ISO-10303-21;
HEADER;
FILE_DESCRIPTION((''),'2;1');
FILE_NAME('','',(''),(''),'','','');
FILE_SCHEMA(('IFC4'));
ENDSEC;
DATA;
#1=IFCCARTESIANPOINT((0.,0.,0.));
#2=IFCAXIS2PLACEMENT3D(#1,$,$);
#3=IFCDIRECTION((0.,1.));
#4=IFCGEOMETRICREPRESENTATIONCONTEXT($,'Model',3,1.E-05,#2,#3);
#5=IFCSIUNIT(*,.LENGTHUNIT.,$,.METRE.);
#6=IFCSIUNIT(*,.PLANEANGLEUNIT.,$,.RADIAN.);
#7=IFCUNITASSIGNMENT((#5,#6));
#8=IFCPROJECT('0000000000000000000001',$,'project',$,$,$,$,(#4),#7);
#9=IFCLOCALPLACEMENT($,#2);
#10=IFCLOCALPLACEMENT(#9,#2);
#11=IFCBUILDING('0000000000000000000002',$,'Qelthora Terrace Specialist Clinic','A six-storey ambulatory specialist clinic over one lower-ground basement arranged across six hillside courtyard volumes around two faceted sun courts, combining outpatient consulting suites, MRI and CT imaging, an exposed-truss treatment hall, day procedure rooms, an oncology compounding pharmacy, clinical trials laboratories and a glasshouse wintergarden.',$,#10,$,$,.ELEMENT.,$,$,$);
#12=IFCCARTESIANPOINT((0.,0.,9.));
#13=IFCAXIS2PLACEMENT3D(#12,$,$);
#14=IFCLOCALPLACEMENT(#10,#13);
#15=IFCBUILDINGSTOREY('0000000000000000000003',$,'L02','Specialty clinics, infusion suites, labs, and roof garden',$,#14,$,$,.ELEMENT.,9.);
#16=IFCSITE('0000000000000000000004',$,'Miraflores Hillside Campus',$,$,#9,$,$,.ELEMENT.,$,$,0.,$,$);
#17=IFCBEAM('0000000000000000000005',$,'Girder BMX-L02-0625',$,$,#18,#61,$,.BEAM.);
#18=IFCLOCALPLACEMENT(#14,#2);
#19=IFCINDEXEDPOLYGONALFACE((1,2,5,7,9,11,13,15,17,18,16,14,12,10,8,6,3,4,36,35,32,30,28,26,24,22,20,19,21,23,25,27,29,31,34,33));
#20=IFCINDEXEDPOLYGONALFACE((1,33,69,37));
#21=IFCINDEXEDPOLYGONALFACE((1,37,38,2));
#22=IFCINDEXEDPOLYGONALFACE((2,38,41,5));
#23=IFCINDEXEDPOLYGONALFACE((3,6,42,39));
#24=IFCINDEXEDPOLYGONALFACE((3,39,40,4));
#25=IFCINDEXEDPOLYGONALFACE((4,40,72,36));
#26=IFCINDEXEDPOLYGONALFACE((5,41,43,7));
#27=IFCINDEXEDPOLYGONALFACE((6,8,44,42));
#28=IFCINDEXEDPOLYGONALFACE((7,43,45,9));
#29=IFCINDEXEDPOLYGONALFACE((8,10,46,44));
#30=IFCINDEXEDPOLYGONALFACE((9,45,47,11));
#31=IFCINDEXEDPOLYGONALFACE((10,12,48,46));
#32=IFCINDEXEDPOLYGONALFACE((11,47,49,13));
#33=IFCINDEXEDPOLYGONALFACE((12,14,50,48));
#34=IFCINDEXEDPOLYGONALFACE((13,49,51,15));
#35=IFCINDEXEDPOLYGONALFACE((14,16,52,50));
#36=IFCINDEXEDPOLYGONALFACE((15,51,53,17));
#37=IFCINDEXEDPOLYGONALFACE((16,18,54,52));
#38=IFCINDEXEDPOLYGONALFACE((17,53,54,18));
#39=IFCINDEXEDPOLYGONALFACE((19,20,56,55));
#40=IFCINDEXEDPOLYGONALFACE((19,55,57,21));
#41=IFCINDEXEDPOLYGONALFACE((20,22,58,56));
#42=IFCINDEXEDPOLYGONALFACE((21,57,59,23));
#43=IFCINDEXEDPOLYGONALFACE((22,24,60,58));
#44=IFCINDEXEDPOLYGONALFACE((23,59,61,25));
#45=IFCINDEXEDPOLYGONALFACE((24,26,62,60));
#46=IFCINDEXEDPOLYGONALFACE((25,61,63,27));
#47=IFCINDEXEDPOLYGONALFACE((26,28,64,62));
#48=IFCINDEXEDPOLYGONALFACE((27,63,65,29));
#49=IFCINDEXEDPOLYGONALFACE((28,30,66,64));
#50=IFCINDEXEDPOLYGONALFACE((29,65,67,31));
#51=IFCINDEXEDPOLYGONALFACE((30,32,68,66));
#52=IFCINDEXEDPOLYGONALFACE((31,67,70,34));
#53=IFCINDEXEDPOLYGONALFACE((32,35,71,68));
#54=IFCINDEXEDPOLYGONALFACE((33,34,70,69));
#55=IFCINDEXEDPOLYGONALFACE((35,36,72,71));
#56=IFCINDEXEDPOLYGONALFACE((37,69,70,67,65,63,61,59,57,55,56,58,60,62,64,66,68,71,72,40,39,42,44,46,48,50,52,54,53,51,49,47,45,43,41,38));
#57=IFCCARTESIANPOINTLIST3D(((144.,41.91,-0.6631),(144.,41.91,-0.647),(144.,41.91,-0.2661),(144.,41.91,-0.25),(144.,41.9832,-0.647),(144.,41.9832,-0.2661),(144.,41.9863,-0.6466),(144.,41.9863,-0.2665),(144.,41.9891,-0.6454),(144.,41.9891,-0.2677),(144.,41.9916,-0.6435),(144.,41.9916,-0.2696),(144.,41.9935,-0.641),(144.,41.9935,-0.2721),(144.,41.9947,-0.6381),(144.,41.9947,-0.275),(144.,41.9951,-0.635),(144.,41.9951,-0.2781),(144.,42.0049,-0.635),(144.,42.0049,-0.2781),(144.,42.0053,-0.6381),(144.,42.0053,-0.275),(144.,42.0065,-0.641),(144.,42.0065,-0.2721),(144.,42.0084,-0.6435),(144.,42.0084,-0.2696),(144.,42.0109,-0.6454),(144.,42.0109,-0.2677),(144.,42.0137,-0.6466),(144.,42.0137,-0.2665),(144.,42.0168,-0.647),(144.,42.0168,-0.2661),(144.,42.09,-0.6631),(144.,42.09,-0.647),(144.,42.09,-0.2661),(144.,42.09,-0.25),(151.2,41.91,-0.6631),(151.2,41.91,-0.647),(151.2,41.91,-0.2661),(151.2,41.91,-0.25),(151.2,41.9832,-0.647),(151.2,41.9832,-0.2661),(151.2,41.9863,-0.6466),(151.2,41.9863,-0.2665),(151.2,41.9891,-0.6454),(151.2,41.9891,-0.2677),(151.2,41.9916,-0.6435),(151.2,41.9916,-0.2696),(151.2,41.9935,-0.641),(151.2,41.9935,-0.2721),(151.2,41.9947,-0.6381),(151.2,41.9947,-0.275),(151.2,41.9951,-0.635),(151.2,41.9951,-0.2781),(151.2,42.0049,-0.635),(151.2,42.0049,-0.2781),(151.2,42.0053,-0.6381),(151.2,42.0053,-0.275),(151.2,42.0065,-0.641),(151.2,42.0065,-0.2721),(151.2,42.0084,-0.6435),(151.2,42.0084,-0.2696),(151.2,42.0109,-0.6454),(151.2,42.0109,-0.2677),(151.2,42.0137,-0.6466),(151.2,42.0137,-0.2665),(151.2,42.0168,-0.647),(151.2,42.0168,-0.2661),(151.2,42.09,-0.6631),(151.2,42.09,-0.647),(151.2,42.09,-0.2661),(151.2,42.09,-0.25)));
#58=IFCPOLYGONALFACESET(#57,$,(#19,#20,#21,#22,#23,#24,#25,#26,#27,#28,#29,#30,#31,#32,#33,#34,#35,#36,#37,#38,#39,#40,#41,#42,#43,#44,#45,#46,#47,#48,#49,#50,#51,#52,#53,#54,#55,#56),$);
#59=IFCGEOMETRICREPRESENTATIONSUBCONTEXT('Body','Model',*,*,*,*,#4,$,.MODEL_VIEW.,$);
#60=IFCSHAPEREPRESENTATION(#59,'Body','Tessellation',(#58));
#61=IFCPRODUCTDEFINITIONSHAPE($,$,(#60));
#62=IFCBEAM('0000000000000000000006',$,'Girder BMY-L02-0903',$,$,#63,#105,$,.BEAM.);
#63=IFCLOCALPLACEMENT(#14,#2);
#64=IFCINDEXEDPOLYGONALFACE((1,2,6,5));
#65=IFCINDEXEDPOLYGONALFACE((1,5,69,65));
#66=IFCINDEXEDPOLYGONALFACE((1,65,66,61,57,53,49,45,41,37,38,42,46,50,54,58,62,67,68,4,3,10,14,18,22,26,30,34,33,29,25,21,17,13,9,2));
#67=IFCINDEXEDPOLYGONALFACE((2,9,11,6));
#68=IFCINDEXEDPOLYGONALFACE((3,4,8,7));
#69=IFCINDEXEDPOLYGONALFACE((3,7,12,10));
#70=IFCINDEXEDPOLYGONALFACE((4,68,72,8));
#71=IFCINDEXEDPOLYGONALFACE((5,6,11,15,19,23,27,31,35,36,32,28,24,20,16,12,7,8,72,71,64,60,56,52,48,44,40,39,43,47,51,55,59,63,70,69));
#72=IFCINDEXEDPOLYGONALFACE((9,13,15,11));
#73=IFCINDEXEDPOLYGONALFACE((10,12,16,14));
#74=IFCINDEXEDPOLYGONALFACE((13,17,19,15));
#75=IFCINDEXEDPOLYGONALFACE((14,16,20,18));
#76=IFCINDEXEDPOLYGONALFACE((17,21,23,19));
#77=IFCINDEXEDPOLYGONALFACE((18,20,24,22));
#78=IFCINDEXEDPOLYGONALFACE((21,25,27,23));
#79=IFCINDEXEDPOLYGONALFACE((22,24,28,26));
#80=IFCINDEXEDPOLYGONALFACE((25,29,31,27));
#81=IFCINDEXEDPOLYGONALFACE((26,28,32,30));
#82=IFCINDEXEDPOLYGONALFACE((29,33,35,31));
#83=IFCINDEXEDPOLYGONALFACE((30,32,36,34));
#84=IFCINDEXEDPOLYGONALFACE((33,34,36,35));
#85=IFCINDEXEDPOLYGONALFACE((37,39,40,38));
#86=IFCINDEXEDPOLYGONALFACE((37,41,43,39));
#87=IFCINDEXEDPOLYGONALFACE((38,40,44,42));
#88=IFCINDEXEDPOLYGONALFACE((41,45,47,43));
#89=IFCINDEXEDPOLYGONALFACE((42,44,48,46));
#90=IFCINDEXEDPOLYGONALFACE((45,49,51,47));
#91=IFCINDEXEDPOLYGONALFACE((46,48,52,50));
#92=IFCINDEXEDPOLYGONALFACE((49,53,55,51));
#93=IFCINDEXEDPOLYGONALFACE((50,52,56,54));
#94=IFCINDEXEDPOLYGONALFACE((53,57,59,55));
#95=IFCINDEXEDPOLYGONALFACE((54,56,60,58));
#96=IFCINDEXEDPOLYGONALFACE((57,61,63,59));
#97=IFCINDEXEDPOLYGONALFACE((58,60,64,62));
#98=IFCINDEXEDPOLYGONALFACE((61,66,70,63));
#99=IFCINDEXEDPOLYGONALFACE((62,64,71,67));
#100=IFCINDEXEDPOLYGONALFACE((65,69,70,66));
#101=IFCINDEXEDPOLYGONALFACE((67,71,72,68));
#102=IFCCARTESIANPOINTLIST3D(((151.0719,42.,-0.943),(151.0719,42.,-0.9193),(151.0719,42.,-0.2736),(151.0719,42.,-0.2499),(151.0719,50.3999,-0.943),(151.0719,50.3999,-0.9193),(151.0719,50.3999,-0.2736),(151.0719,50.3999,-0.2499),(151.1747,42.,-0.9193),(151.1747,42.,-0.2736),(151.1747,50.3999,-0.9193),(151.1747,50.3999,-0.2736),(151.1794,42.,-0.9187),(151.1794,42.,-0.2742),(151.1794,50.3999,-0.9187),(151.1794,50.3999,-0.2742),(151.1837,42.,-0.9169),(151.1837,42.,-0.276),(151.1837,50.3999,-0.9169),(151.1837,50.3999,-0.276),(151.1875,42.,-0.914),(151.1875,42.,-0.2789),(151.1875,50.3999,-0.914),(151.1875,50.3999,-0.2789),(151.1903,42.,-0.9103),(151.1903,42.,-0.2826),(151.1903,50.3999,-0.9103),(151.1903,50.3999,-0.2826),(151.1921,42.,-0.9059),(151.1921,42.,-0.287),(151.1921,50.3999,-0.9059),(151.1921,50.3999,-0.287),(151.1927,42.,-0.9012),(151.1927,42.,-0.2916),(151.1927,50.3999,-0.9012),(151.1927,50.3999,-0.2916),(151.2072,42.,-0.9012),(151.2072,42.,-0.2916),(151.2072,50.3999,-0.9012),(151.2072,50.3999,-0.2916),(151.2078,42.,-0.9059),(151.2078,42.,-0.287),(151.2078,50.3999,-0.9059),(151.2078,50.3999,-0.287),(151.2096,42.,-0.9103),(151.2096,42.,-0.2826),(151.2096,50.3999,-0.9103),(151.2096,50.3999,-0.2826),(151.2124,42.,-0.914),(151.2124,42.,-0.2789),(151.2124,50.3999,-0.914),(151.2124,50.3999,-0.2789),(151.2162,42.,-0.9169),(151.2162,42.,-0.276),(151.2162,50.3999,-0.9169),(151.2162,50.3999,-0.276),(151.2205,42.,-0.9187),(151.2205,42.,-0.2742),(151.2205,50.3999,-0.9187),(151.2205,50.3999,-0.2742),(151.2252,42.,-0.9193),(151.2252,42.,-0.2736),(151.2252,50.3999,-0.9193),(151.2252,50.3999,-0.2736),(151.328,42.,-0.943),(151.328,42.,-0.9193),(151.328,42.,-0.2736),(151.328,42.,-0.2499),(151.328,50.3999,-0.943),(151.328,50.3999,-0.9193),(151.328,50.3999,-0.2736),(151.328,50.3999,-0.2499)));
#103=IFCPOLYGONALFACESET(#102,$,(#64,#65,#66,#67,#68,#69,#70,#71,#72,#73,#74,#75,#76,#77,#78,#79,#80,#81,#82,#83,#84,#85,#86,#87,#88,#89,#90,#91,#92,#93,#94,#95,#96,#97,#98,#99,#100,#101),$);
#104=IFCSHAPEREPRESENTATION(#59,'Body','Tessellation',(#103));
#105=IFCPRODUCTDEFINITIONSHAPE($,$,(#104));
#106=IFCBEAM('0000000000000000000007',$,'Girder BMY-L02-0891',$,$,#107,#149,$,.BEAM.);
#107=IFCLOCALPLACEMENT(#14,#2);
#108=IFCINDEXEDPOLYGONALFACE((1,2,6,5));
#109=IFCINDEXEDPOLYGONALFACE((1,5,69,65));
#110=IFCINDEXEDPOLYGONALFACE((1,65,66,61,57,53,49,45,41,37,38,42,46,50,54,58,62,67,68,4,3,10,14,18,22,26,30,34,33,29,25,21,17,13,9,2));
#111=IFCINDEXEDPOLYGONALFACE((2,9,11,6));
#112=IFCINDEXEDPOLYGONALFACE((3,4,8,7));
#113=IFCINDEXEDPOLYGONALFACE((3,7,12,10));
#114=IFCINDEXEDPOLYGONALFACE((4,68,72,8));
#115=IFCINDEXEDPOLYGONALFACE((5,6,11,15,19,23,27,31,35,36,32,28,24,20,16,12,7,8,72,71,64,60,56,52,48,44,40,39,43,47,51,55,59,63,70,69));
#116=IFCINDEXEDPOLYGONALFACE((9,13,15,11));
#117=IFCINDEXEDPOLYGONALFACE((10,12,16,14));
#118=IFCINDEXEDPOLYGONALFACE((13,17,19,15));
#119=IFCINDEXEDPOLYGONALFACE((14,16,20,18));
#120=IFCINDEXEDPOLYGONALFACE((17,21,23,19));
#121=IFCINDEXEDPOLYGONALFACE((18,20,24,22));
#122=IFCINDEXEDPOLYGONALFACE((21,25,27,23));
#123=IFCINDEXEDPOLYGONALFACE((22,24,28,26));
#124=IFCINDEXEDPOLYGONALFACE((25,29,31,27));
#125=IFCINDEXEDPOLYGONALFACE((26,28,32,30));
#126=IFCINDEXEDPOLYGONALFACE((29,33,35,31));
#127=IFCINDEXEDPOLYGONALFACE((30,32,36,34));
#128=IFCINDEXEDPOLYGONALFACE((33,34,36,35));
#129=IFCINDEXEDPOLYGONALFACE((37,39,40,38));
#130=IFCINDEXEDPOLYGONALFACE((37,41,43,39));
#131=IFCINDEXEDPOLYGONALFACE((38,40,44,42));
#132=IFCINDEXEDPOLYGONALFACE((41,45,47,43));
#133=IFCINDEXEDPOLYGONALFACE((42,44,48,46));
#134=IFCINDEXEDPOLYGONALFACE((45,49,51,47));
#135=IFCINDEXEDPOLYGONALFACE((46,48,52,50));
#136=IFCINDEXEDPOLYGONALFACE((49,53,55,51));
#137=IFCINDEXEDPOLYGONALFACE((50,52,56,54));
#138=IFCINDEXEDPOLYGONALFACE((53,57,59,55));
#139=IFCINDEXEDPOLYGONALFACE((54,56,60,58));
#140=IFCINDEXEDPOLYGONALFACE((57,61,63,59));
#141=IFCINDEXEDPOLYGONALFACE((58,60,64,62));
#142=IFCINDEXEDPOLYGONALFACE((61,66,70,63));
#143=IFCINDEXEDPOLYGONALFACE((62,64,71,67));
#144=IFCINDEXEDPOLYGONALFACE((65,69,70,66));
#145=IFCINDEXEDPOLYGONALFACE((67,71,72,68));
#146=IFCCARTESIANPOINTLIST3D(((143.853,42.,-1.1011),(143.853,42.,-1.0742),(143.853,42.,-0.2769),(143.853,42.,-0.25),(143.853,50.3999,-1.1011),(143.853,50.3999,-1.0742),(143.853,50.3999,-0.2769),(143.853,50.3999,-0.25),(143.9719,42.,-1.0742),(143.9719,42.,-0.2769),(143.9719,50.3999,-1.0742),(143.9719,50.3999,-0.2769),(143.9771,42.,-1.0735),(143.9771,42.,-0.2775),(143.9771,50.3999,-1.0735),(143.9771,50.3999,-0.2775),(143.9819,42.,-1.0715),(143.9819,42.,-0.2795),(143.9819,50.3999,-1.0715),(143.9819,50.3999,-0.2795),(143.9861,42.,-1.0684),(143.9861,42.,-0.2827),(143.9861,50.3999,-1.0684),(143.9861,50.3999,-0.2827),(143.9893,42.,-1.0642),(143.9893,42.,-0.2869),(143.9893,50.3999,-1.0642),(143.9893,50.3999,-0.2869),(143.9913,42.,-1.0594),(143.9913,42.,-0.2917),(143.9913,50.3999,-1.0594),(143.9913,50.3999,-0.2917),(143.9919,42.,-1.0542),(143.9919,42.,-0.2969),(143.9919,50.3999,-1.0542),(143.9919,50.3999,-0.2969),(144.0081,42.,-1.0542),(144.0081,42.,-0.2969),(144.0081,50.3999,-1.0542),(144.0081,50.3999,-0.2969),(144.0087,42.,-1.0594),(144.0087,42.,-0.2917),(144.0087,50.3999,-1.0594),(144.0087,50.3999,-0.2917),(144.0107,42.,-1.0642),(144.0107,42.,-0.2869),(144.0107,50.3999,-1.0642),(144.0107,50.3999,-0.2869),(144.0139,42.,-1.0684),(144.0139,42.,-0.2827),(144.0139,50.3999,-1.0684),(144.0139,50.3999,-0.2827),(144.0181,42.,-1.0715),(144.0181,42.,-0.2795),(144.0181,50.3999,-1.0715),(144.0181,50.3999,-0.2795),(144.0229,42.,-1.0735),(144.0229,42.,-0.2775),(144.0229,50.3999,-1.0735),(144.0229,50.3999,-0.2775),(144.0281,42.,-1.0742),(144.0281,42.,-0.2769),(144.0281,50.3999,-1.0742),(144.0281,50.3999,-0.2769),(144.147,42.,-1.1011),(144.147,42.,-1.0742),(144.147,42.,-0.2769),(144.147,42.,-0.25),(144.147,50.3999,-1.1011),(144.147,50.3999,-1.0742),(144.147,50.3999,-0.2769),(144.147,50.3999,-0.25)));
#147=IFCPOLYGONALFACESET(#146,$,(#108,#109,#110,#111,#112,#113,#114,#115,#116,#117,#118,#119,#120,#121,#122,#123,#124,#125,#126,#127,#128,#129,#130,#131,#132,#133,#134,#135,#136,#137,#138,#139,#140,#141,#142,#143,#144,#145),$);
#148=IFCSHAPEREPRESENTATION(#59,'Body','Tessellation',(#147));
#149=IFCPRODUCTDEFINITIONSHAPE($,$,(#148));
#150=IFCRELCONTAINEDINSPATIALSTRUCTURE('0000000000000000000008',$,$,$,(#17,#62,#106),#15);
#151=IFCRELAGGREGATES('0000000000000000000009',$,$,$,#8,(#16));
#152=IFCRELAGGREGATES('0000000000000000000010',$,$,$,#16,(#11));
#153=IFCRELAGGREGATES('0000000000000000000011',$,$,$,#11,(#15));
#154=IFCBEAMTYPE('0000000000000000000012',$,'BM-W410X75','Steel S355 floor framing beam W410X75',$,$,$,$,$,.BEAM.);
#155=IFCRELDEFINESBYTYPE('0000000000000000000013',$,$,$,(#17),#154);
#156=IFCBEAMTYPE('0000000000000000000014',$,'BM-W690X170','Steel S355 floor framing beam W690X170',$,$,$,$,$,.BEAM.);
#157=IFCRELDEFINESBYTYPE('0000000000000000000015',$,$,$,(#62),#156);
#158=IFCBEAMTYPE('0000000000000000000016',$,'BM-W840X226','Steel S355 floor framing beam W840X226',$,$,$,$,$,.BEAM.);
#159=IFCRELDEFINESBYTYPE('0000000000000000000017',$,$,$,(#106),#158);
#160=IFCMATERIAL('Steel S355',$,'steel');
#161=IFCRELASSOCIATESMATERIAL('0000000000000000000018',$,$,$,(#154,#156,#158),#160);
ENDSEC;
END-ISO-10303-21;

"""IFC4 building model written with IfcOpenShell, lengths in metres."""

from ifc_helpers import new_model, si_unit, direction, frame, origin, origin_2d, place, context, subcontext, project, spatial, i_section, extrude, material, material_profile, profile_set, type_object, element, save


model = new_model("IFC4")

# Units and contexts
model_context = context("Model", 3, precision=1e-05, world=origin(), true_north=direction((0.0, 1.0)))
body_context = subcontext(model_context, "Body", "Model", "MODEL_VIEW")
ifc_project = project(units=[si_unit("LENGTHUNIT", "METRE"), si_unit("PLANEANGLEUNIT", "RADIAN")], contexts=[model_context])

# Site, building, storey
site_placement = place(None, origin())
site = spatial("IfcSite", under=ifc_project, at=site_placement, Name="Miraflores Hillside Campus", CompositionType="ELEMENT", RefElevation=0.0)
building_placement = place(site_placement, origin())
building = spatial("IfcBuilding", under=site, at=building_placement, Name="Qelthora Terrace Specialist Clinic", Description="A six-storey ambulatory specialist clinic over one lower-ground basement arranged across six hillside courtyard volumes around two faceted sun courts, combining outpatient consulting suites, MRI and CT imaging, an exposed-truss treatment hall, day procedure rooms, an oncology compounding pharmacy, clinical trials laboratories and a glasshouse wintergarden.", CompositionType="ELEMENT")
storey_placement = place(building_placement, frame((0.0, 0.0, 9.0)))
storey = spatial("IfcBuildingStorey", under=building, at=storey_placement, Name="L02", Description="Specialty clinics, infusion suites, labs, and roof garden", CompositionType="ELEMENT", Elevation=9.0)

# Shared definitions
ifc_material_1 = material(Name="Steel S355", Category="steel")

# Beams
ifc_material_profile_1 = material_profile(ifc_material_1, i_section(OverallWidth=0.1799, OverallDepth=0.4131, WebThickness=0.0098, FlangeThickness=0.0161, FilletRadius=0.012, at=origin_2d()), Name="W410X75")
ifc_profile_set_1 = profile_set([ifc_material_profile_1], Name="Steel S355")
beam_type_1 = type_object("IfcBeamType", Name="BM-W410X75", Description="Steel S355 floor framing beam W410X75", PredefinedType="BEAM", material=ifc_profile_set_1)
beam_1_placement = place(storey_placement, frame((144.0, 42.0, -0.4565), z_axis=(1.0, 0.0, 0.0), x_axis=(0.0, 1.0, 0.0)))
element("IfcBeam", 1, at=beam_1_placement, inside=storey, type_object=beam_type_1, Name="Girder BMX-L02-0625", PredefinedType="BEAM", context=body_context, shape_type="SweptSolid", body=[
    extrude(i_section(OverallWidth=0.1799, OverallDepth=0.4131, WebThickness=0.0098, FlangeThickness=0.0161, FilletRadius=0.012, at=origin_2d()), origin(), (0.0, 0.0, 1.0), 7.2),
])
ifc_material_profile_2 = material_profile(ifc_material_1, i_section(OverallWidth=0.2561, OverallDepth=0.6931, WebThickness=0.0144, FlangeThickness=0.0237, FilletRadius=0.0181, at=origin_2d()), Name="W690X170")
ifc_profile_set_2 = profile_set([ifc_material_profile_2], Name="Steel S355")
beam_type_2 = type_object("IfcBeamType", Name="BM-W690X170", Description="Steel S355 floor framing beam W690X170", PredefinedType="BEAM", material=ifc_profile_set_2)
beam_2_placement = place(storey_placement, frame((151.2, 42.0, -0.5964), z_axis=(0.0, 1.0, 0.0), x_axis=(-1.0, 0.0, 0.0)))
element("IfcBeam", 2, at=beam_2_placement, inside=storey, type_object=beam_type_2, Name="Girder BMY-L02-0903", PredefinedType="BEAM", context=body_context, shape_type="SweptSolid", body=[
    extrude(i_section(OverallWidth=0.2561, OverallDepth=0.6931, WebThickness=0.0144, FlangeThickness=0.0237, FilletRadius=0.0181, at=origin_2d()), origin(), (0.0, 0.0, 1.0), 8.3999),
])
ifc_material_profile_3 = material_profile(ifc_material_1, i_section(OverallWidth=0.2939, OverallDepth=0.8511, WebThickness=0.0161, FlangeThickness=0.0269, FilletRadius=0.02, at=origin_2d()), Name="W840X226")
ifc_profile_set_3 = profile_set([ifc_material_profile_3], Name="Steel S355")
beam_type_3 = type_object("IfcBeamType", Name="BM-W840X226", Description="Steel S355 floor framing beam W840X226", PredefinedType="BEAM", material=ifc_profile_set_3)
beam_3_placement = place(storey_placement, frame((144.0, 42.0, -0.6755), z_axis=(0.0, 1.0, 0.0), x_axis=(-1.0, 0.0, 0.0)))
element("IfcBeam", 3, at=beam_3_placement, inside=storey, type_object=beam_type_3, Name="Girder BMY-L02-0891", PredefinedType="BEAM", context=body_context, shape_type="SweptSolid", body=[
    extrude(i_section(OverallWidth=0.2939, OverallDepth=0.8511, WebThickness=0.0161, FlangeThickness=0.0269, FilletRadius=0.02, at=origin_2d()), origin(), (0.0, 0.0, 1.0), 8.3999),
])

save(model, "model.ifc")
